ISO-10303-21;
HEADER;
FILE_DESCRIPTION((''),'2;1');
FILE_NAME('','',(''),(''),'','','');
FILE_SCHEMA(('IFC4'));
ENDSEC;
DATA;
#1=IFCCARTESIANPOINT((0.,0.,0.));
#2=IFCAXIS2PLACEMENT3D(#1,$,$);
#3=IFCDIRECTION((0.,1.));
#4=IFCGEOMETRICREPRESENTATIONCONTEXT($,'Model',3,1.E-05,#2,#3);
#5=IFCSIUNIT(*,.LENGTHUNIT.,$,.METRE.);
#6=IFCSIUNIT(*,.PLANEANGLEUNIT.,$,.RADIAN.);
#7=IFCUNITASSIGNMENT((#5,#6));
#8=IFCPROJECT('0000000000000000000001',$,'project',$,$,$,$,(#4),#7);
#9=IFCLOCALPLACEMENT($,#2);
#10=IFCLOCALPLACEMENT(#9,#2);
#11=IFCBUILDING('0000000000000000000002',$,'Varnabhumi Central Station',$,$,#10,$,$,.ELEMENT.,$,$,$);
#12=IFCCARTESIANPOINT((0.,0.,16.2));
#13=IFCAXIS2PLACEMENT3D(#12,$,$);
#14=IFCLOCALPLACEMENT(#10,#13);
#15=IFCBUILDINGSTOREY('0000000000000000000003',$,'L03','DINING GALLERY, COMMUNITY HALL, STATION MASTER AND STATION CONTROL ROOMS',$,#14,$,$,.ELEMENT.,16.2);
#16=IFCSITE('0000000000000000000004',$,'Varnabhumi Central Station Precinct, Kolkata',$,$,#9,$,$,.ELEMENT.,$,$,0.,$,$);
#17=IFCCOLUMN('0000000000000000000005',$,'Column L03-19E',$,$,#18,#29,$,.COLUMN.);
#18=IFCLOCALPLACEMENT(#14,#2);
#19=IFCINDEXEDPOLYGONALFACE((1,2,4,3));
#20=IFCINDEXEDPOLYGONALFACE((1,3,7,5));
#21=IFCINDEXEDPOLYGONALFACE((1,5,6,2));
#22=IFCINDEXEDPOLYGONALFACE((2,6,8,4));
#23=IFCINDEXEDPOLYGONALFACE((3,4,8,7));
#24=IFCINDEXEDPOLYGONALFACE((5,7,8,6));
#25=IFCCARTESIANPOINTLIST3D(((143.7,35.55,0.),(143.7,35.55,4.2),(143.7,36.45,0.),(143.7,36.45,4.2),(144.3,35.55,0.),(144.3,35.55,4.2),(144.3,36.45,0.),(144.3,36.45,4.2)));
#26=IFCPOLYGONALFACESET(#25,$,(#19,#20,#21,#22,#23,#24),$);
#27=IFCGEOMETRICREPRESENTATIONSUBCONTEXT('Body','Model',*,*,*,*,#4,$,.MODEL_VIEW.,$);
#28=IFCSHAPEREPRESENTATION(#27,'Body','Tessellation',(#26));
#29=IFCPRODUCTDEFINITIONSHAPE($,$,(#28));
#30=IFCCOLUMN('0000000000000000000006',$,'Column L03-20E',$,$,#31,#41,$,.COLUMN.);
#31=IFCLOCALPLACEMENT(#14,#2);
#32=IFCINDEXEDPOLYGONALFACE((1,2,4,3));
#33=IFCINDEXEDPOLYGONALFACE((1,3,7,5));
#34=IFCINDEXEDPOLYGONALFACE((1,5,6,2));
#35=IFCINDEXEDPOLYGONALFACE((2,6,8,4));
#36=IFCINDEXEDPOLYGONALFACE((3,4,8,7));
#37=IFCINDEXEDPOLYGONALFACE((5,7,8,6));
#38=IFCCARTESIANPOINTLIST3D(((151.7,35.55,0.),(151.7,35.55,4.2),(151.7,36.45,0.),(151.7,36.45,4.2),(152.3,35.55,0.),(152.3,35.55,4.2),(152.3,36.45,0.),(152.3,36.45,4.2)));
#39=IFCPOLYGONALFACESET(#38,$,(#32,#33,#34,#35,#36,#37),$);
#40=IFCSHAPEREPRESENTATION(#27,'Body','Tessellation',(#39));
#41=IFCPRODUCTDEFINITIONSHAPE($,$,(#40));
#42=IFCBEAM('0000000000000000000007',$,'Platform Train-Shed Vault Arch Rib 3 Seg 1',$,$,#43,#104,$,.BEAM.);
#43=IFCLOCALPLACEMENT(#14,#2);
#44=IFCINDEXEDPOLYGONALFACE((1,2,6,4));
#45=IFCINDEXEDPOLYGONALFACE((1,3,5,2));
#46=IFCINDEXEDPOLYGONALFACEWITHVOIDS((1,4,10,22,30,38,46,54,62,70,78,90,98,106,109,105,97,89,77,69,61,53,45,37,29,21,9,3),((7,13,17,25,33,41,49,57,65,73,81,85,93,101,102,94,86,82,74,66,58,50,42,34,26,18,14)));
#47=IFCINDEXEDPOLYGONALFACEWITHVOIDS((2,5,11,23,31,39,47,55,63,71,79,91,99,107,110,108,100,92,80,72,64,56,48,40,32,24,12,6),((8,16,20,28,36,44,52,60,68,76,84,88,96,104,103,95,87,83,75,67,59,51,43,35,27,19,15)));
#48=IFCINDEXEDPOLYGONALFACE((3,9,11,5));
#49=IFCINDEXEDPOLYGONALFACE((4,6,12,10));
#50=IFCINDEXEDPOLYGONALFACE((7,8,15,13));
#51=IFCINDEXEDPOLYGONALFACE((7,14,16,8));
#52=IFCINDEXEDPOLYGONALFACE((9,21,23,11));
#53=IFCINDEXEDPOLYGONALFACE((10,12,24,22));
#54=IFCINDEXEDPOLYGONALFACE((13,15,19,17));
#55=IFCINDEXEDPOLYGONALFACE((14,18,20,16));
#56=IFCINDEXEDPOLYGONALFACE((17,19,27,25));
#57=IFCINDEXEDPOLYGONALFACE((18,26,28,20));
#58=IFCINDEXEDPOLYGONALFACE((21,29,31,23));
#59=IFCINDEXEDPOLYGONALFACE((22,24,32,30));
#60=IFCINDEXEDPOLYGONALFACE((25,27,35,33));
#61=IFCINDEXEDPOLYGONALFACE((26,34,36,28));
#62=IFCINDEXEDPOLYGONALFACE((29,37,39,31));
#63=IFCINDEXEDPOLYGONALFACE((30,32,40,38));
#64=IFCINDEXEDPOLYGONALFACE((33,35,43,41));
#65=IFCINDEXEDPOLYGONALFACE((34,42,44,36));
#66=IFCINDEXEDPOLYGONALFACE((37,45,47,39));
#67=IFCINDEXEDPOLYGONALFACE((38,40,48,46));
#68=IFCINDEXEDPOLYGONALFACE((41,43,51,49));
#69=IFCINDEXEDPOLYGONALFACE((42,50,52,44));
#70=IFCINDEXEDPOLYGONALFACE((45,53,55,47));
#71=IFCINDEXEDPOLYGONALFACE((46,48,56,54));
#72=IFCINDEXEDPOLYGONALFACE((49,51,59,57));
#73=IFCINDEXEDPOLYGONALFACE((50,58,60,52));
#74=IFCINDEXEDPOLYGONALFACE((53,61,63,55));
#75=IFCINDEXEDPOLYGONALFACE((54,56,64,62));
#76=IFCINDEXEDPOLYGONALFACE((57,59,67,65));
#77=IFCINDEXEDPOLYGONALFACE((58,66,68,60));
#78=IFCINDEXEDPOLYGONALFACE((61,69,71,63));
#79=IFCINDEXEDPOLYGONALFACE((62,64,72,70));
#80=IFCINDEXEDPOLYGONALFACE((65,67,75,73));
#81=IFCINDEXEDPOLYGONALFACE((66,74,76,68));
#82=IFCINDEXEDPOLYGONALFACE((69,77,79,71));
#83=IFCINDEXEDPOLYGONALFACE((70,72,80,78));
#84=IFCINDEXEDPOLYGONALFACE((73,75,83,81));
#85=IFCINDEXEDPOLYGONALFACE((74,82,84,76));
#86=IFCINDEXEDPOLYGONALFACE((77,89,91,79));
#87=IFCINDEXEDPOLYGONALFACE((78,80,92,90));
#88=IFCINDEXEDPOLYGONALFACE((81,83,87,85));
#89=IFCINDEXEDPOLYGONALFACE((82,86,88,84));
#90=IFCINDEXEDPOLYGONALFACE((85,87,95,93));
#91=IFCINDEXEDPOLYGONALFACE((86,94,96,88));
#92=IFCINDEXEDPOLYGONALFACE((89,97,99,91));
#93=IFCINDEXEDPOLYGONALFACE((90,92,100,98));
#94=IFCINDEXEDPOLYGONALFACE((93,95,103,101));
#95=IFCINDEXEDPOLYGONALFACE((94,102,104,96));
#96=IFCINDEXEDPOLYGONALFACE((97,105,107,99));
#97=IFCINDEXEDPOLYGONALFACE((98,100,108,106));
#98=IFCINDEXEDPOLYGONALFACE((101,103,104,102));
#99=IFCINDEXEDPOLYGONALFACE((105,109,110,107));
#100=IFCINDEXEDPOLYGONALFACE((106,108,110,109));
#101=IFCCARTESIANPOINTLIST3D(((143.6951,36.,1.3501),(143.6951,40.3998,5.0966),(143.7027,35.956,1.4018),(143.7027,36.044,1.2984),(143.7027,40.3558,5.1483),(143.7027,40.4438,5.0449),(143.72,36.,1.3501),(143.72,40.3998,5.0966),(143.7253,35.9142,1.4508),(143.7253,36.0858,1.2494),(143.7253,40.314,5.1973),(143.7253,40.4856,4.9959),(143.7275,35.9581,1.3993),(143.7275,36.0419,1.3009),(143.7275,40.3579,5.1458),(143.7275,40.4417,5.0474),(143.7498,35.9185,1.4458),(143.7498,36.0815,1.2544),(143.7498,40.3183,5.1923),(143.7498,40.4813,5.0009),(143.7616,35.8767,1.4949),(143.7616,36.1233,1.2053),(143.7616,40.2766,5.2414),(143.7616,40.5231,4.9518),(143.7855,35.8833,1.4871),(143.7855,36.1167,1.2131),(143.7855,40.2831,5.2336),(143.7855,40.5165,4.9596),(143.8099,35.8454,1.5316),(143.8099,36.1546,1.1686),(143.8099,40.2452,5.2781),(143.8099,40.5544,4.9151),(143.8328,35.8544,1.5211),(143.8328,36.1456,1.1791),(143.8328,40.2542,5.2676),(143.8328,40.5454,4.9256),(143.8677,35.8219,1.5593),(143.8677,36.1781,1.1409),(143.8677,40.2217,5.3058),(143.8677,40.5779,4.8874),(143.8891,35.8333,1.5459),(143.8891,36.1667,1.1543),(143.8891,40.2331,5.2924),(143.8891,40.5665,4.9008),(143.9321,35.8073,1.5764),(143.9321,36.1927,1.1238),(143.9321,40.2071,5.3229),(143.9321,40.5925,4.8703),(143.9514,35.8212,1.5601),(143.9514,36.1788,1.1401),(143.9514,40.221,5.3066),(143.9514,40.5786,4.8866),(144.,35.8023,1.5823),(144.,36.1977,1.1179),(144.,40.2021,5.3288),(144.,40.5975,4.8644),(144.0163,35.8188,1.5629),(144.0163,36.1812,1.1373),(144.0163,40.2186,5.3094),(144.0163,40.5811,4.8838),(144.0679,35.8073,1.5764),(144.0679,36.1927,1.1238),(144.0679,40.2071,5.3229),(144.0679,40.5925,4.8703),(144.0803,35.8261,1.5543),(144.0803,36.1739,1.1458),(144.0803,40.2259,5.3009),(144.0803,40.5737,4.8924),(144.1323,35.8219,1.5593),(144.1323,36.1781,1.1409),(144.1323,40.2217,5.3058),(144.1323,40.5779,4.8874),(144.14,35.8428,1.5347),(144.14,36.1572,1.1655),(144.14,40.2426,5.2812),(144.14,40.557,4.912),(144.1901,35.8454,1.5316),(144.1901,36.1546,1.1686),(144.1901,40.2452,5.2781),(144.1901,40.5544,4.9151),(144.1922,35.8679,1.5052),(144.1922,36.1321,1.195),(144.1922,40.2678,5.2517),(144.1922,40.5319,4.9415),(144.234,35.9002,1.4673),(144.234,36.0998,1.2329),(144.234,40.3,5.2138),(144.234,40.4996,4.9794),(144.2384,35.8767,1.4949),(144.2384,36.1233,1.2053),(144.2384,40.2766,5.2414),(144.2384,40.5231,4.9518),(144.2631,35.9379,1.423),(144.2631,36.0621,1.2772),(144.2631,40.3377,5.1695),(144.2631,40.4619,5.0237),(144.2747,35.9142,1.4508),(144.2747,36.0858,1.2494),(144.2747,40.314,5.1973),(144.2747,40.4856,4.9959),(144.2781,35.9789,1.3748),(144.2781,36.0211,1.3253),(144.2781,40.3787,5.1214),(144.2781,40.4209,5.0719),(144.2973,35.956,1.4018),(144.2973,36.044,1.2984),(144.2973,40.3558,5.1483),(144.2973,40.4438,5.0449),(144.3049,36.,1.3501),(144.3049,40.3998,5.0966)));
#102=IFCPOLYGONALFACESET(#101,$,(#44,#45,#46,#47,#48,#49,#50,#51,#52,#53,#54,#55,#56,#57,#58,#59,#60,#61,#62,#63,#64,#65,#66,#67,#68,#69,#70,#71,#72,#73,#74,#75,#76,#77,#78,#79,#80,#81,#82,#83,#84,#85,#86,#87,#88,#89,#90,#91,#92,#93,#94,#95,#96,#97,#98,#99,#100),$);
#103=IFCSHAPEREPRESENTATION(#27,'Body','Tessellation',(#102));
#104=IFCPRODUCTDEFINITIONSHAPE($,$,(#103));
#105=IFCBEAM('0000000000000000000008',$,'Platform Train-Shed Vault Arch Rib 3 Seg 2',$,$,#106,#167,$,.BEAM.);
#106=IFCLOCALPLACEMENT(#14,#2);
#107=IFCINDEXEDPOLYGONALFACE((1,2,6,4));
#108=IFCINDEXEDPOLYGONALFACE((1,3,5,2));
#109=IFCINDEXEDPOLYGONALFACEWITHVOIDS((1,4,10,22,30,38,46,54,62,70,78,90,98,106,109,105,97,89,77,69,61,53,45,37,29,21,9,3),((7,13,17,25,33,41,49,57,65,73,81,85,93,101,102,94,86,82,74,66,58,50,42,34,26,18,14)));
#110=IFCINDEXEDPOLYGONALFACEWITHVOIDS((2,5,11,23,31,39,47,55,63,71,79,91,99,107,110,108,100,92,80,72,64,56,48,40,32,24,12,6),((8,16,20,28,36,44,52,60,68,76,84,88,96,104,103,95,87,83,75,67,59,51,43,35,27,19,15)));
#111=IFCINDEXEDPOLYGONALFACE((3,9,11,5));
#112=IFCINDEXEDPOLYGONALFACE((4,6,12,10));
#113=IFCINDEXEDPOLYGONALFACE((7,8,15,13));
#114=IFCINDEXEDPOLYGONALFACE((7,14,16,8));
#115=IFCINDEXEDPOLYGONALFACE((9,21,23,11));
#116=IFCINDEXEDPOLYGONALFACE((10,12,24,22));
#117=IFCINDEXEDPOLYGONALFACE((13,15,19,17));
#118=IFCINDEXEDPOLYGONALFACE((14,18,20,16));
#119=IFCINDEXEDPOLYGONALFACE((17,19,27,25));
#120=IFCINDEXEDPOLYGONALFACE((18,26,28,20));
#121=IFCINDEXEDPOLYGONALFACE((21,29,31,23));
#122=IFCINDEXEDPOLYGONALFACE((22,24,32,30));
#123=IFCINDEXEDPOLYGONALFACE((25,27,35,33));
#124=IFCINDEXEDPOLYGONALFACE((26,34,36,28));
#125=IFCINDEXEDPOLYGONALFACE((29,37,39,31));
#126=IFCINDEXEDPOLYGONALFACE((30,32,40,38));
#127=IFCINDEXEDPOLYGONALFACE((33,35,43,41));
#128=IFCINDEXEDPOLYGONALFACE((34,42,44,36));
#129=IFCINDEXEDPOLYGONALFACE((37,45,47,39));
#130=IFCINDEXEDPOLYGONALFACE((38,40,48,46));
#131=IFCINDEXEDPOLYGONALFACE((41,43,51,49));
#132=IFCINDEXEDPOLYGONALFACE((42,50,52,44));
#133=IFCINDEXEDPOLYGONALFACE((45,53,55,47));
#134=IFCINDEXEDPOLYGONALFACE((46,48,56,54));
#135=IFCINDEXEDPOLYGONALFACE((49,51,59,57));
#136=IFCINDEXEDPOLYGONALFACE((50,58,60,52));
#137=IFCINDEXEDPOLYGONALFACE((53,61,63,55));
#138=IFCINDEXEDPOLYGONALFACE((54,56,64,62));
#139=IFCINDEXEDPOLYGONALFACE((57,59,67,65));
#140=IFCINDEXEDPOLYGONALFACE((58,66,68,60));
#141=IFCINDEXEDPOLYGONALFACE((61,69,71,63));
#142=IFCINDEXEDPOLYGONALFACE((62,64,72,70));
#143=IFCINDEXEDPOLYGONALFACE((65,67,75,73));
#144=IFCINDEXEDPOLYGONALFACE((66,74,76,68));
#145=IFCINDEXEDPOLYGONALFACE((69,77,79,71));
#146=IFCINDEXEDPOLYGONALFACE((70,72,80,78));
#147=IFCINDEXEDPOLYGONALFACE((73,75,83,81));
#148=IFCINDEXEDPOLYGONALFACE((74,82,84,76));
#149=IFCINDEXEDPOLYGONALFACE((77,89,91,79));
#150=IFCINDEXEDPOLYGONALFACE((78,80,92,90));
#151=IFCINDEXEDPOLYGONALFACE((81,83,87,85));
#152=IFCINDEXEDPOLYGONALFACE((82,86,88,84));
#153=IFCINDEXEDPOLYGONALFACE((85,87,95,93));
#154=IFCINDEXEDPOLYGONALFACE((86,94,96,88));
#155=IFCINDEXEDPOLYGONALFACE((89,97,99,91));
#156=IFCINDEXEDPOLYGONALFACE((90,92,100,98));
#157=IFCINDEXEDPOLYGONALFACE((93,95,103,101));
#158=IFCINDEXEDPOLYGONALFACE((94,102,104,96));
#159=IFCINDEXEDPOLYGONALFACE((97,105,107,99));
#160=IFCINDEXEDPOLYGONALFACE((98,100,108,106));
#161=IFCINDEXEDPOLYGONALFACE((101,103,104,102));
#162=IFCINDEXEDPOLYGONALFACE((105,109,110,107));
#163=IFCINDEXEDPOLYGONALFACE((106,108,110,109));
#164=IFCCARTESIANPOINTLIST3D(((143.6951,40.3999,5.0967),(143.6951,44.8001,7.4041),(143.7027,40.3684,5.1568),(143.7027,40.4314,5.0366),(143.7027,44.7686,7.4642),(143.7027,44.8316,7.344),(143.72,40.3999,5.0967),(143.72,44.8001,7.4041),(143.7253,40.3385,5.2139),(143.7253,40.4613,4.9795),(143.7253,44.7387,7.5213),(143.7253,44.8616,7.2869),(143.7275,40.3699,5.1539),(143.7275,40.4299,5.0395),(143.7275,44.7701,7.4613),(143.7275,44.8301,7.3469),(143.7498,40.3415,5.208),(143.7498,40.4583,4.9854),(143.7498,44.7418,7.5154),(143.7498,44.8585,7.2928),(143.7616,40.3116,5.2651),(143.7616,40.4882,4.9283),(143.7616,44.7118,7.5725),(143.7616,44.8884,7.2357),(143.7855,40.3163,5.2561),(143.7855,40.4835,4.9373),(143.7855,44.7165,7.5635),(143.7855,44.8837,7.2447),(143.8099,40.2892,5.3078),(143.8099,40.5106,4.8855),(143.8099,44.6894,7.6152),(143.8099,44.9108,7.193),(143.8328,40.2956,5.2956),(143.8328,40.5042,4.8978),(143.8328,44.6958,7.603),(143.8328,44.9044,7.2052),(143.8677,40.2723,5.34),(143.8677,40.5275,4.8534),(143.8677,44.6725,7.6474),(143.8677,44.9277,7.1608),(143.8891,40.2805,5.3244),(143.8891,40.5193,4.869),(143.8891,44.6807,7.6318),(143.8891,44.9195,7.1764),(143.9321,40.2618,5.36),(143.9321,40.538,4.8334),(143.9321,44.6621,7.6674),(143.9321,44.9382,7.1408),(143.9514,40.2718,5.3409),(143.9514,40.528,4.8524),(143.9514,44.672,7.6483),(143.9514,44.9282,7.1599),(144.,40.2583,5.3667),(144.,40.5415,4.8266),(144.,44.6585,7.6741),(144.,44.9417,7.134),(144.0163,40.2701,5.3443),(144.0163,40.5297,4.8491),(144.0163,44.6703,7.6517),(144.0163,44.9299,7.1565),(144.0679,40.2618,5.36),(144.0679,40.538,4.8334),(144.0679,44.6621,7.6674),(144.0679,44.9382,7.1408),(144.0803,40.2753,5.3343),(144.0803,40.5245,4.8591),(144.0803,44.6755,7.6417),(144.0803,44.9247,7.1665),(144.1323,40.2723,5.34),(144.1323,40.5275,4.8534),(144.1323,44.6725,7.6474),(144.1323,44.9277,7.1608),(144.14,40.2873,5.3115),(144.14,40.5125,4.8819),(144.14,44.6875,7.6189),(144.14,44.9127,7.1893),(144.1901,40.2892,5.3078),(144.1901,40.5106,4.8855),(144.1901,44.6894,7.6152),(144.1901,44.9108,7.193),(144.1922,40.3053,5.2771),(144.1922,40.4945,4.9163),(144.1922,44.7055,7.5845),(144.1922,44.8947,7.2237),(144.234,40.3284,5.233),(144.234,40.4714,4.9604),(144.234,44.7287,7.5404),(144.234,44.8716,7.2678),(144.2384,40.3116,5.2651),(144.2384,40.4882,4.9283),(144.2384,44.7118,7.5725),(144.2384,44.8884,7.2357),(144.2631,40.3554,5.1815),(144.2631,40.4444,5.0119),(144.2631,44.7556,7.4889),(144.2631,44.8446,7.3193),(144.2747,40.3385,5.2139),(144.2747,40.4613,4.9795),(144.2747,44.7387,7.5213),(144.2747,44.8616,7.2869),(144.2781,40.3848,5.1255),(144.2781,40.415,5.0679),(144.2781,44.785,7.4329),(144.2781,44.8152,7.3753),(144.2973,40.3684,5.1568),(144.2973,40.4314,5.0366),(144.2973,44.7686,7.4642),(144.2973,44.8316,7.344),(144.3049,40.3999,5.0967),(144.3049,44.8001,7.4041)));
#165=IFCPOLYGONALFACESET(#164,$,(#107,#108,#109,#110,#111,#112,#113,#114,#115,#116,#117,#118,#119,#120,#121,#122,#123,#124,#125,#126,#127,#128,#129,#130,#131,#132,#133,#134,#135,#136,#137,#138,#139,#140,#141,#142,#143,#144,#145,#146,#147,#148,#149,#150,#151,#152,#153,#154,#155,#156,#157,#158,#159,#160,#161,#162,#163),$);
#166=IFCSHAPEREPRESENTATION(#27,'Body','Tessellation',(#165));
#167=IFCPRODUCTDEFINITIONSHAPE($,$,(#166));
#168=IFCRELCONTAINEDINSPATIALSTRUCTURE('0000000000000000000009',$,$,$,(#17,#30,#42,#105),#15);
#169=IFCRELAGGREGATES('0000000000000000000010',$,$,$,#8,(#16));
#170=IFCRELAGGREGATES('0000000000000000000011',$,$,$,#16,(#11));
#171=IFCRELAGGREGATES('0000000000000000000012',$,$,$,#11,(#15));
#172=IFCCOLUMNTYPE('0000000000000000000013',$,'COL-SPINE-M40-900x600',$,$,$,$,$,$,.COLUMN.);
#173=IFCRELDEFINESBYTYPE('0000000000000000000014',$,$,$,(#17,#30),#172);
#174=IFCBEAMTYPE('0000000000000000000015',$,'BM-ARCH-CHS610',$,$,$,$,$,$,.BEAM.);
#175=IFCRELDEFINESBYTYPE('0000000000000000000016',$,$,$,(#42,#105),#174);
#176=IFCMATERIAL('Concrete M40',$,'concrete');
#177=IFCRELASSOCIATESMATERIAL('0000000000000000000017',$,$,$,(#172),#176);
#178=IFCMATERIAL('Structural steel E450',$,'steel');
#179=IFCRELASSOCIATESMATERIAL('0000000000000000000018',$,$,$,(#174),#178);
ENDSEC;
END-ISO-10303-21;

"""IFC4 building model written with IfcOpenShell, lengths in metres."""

from ifc_helpers import new_model, si_unit, direction, frame, origin, origin_2d, place, context, subcontext, project, spatial, rectangle, hollow_circle, extrude, material, material_profile, profile_set, type_object, element, save


model = new_model("IFC4")

# Units and contexts
model_context = context("Model", 3, precision=1e-05, world=origin(), true_north=direction((0.0, 1.0)))
body_context = subcontext(model_context, "Body", "Model", "MODEL_VIEW")
ifc_project = project(units=[si_unit("LENGTHUNIT", "METRE"), si_unit("PLANEANGLEUNIT", "RADIAN")], contexts=[model_context])

# Site, building, storey
site_placement = place(None, origin())
site = spatial("IfcSite", under=ifc_project, at=site_placement, Name="Varnabhumi Central Station Precinct, Kolkata", CompositionType="ELEMENT", RefElevation=0.0)
building_placement = place(site_placement, origin())
building = spatial("IfcBuilding", under=site, at=building_placement, Name="Varnabhumi Central Station", CompositionType="ELEMENT")
storey_placement = place(building_placement, frame((0.0, 0.0, 16.2)))
storey = spatial("IfcBuildingStorey", under=building, at=storey_placement, Name="L03", Description="DINING GALLERY, COMMUNITY HALL, STATION MASTER AND STATION CONTROL ROOMS", CompositionType="ELEMENT", Elevation=16.2)

# Columns
ifc_material_1 = material(Name="Concrete M40", Category="concrete")
ifc_material_profile_1 = material_profile(ifc_material_1, rectangle(XDim=0.6001, YDim=0.8999, at=origin_2d()), Name="Concrete M40", Category="concrete")
ifc_profile_set_1 = profile_set([ifc_material_profile_1], Name="Concrete M40")
column_type = type_object("IfcColumnType", Name="COL-SPINE-M40-900x600", PredefinedType="COLUMN", material=ifc_profile_set_1)
for number, where, z_axis, x_axis, name in (
    (1, (144.0, 36.0, 0.0), (0.0, 0.0, 1.0), (1.0, 0.0, 0.0), "Column L03-19E"),
    (2, (152.0, 36.0, 0.0), (0.0, 0.0, 1.0), (1.0, 0.0, 0.0), "Column L03-20E"),
):
    element("IfcColumn", number, at=place(storey_placement, frame(where, z_axis=z_axis, x_axis=x_axis)), inside=storey, type_object=column_type, Name=name, PredefinedType="COLUMN", context=body_context, shape_type="SweptSolid", body=[
        extrude(rectangle(XDim=0.6001, YDim=0.8999, at=origin_2d()), origin(), (0.0, 0.0, 1.0), 4.2),
    ])

# Beams
ifc_material_2 = material(Name="Structural steel E450", Category="steel")
ifc_material_profile_2 = material_profile(ifc_material_2, hollow_circle(Radius=0.3049, WallThickness=0.0249, at=origin_2d()), Name="Structural steel E450", Category="steel")
ifc_profile_set_2 = profile_set([ifc_material_profile_2], Name="Structural steel E450")
beam_type_1 = type_object("IfcBeamType", Name="BM-ARCH-CHS610", PredefinedType="BEAM", material=ifc_profile_set_2)
beam_1_placement = place(storey_placement, frame((144.0, 36.0, 1.3501), z_axis=(0.0, 0.76137, 0.648318), x_axis=(-1.0, 0.0, 0.0)))
element("IfcBeam", 3, at=beam_1_placement, inside=storey, type_object=beam_type_1, Name="Platform Train-Shed Vault Arch Rib 3 Seg 1", PredefinedType="BEAM", context=body_context, shape_type="SweptSolid", body=[
    extrude(hollow_circle(Radius=0.3049, WallThickness=0.0249, at=origin_2d()), origin(), (0.0, 0.0, 1.0), 5.7788),
])
beam_2_placement = place(storey_placement, frame((144.0, 40.3999, 5.0967), z_axis=(0.0, 0.885622, 0.464407), x_axis=(-1.0, 0.0, 0.0)))
element("IfcBeam", 4, at=beam_2_placement, inside=storey, type_object=beam_type_1, Name="Platform Train-Shed Vault Arch Rib 3 Seg 2", PredefinedType="BEAM", context=body_context, shape_type="SweptSolid", body=[
    extrude(hollow_circle(Radius=0.3049, WallThickness=0.0249, at=origin_2d()), origin(), (0.0, 0.0, 1.0), 4.9685),
])

save(model, "model.ifc")
